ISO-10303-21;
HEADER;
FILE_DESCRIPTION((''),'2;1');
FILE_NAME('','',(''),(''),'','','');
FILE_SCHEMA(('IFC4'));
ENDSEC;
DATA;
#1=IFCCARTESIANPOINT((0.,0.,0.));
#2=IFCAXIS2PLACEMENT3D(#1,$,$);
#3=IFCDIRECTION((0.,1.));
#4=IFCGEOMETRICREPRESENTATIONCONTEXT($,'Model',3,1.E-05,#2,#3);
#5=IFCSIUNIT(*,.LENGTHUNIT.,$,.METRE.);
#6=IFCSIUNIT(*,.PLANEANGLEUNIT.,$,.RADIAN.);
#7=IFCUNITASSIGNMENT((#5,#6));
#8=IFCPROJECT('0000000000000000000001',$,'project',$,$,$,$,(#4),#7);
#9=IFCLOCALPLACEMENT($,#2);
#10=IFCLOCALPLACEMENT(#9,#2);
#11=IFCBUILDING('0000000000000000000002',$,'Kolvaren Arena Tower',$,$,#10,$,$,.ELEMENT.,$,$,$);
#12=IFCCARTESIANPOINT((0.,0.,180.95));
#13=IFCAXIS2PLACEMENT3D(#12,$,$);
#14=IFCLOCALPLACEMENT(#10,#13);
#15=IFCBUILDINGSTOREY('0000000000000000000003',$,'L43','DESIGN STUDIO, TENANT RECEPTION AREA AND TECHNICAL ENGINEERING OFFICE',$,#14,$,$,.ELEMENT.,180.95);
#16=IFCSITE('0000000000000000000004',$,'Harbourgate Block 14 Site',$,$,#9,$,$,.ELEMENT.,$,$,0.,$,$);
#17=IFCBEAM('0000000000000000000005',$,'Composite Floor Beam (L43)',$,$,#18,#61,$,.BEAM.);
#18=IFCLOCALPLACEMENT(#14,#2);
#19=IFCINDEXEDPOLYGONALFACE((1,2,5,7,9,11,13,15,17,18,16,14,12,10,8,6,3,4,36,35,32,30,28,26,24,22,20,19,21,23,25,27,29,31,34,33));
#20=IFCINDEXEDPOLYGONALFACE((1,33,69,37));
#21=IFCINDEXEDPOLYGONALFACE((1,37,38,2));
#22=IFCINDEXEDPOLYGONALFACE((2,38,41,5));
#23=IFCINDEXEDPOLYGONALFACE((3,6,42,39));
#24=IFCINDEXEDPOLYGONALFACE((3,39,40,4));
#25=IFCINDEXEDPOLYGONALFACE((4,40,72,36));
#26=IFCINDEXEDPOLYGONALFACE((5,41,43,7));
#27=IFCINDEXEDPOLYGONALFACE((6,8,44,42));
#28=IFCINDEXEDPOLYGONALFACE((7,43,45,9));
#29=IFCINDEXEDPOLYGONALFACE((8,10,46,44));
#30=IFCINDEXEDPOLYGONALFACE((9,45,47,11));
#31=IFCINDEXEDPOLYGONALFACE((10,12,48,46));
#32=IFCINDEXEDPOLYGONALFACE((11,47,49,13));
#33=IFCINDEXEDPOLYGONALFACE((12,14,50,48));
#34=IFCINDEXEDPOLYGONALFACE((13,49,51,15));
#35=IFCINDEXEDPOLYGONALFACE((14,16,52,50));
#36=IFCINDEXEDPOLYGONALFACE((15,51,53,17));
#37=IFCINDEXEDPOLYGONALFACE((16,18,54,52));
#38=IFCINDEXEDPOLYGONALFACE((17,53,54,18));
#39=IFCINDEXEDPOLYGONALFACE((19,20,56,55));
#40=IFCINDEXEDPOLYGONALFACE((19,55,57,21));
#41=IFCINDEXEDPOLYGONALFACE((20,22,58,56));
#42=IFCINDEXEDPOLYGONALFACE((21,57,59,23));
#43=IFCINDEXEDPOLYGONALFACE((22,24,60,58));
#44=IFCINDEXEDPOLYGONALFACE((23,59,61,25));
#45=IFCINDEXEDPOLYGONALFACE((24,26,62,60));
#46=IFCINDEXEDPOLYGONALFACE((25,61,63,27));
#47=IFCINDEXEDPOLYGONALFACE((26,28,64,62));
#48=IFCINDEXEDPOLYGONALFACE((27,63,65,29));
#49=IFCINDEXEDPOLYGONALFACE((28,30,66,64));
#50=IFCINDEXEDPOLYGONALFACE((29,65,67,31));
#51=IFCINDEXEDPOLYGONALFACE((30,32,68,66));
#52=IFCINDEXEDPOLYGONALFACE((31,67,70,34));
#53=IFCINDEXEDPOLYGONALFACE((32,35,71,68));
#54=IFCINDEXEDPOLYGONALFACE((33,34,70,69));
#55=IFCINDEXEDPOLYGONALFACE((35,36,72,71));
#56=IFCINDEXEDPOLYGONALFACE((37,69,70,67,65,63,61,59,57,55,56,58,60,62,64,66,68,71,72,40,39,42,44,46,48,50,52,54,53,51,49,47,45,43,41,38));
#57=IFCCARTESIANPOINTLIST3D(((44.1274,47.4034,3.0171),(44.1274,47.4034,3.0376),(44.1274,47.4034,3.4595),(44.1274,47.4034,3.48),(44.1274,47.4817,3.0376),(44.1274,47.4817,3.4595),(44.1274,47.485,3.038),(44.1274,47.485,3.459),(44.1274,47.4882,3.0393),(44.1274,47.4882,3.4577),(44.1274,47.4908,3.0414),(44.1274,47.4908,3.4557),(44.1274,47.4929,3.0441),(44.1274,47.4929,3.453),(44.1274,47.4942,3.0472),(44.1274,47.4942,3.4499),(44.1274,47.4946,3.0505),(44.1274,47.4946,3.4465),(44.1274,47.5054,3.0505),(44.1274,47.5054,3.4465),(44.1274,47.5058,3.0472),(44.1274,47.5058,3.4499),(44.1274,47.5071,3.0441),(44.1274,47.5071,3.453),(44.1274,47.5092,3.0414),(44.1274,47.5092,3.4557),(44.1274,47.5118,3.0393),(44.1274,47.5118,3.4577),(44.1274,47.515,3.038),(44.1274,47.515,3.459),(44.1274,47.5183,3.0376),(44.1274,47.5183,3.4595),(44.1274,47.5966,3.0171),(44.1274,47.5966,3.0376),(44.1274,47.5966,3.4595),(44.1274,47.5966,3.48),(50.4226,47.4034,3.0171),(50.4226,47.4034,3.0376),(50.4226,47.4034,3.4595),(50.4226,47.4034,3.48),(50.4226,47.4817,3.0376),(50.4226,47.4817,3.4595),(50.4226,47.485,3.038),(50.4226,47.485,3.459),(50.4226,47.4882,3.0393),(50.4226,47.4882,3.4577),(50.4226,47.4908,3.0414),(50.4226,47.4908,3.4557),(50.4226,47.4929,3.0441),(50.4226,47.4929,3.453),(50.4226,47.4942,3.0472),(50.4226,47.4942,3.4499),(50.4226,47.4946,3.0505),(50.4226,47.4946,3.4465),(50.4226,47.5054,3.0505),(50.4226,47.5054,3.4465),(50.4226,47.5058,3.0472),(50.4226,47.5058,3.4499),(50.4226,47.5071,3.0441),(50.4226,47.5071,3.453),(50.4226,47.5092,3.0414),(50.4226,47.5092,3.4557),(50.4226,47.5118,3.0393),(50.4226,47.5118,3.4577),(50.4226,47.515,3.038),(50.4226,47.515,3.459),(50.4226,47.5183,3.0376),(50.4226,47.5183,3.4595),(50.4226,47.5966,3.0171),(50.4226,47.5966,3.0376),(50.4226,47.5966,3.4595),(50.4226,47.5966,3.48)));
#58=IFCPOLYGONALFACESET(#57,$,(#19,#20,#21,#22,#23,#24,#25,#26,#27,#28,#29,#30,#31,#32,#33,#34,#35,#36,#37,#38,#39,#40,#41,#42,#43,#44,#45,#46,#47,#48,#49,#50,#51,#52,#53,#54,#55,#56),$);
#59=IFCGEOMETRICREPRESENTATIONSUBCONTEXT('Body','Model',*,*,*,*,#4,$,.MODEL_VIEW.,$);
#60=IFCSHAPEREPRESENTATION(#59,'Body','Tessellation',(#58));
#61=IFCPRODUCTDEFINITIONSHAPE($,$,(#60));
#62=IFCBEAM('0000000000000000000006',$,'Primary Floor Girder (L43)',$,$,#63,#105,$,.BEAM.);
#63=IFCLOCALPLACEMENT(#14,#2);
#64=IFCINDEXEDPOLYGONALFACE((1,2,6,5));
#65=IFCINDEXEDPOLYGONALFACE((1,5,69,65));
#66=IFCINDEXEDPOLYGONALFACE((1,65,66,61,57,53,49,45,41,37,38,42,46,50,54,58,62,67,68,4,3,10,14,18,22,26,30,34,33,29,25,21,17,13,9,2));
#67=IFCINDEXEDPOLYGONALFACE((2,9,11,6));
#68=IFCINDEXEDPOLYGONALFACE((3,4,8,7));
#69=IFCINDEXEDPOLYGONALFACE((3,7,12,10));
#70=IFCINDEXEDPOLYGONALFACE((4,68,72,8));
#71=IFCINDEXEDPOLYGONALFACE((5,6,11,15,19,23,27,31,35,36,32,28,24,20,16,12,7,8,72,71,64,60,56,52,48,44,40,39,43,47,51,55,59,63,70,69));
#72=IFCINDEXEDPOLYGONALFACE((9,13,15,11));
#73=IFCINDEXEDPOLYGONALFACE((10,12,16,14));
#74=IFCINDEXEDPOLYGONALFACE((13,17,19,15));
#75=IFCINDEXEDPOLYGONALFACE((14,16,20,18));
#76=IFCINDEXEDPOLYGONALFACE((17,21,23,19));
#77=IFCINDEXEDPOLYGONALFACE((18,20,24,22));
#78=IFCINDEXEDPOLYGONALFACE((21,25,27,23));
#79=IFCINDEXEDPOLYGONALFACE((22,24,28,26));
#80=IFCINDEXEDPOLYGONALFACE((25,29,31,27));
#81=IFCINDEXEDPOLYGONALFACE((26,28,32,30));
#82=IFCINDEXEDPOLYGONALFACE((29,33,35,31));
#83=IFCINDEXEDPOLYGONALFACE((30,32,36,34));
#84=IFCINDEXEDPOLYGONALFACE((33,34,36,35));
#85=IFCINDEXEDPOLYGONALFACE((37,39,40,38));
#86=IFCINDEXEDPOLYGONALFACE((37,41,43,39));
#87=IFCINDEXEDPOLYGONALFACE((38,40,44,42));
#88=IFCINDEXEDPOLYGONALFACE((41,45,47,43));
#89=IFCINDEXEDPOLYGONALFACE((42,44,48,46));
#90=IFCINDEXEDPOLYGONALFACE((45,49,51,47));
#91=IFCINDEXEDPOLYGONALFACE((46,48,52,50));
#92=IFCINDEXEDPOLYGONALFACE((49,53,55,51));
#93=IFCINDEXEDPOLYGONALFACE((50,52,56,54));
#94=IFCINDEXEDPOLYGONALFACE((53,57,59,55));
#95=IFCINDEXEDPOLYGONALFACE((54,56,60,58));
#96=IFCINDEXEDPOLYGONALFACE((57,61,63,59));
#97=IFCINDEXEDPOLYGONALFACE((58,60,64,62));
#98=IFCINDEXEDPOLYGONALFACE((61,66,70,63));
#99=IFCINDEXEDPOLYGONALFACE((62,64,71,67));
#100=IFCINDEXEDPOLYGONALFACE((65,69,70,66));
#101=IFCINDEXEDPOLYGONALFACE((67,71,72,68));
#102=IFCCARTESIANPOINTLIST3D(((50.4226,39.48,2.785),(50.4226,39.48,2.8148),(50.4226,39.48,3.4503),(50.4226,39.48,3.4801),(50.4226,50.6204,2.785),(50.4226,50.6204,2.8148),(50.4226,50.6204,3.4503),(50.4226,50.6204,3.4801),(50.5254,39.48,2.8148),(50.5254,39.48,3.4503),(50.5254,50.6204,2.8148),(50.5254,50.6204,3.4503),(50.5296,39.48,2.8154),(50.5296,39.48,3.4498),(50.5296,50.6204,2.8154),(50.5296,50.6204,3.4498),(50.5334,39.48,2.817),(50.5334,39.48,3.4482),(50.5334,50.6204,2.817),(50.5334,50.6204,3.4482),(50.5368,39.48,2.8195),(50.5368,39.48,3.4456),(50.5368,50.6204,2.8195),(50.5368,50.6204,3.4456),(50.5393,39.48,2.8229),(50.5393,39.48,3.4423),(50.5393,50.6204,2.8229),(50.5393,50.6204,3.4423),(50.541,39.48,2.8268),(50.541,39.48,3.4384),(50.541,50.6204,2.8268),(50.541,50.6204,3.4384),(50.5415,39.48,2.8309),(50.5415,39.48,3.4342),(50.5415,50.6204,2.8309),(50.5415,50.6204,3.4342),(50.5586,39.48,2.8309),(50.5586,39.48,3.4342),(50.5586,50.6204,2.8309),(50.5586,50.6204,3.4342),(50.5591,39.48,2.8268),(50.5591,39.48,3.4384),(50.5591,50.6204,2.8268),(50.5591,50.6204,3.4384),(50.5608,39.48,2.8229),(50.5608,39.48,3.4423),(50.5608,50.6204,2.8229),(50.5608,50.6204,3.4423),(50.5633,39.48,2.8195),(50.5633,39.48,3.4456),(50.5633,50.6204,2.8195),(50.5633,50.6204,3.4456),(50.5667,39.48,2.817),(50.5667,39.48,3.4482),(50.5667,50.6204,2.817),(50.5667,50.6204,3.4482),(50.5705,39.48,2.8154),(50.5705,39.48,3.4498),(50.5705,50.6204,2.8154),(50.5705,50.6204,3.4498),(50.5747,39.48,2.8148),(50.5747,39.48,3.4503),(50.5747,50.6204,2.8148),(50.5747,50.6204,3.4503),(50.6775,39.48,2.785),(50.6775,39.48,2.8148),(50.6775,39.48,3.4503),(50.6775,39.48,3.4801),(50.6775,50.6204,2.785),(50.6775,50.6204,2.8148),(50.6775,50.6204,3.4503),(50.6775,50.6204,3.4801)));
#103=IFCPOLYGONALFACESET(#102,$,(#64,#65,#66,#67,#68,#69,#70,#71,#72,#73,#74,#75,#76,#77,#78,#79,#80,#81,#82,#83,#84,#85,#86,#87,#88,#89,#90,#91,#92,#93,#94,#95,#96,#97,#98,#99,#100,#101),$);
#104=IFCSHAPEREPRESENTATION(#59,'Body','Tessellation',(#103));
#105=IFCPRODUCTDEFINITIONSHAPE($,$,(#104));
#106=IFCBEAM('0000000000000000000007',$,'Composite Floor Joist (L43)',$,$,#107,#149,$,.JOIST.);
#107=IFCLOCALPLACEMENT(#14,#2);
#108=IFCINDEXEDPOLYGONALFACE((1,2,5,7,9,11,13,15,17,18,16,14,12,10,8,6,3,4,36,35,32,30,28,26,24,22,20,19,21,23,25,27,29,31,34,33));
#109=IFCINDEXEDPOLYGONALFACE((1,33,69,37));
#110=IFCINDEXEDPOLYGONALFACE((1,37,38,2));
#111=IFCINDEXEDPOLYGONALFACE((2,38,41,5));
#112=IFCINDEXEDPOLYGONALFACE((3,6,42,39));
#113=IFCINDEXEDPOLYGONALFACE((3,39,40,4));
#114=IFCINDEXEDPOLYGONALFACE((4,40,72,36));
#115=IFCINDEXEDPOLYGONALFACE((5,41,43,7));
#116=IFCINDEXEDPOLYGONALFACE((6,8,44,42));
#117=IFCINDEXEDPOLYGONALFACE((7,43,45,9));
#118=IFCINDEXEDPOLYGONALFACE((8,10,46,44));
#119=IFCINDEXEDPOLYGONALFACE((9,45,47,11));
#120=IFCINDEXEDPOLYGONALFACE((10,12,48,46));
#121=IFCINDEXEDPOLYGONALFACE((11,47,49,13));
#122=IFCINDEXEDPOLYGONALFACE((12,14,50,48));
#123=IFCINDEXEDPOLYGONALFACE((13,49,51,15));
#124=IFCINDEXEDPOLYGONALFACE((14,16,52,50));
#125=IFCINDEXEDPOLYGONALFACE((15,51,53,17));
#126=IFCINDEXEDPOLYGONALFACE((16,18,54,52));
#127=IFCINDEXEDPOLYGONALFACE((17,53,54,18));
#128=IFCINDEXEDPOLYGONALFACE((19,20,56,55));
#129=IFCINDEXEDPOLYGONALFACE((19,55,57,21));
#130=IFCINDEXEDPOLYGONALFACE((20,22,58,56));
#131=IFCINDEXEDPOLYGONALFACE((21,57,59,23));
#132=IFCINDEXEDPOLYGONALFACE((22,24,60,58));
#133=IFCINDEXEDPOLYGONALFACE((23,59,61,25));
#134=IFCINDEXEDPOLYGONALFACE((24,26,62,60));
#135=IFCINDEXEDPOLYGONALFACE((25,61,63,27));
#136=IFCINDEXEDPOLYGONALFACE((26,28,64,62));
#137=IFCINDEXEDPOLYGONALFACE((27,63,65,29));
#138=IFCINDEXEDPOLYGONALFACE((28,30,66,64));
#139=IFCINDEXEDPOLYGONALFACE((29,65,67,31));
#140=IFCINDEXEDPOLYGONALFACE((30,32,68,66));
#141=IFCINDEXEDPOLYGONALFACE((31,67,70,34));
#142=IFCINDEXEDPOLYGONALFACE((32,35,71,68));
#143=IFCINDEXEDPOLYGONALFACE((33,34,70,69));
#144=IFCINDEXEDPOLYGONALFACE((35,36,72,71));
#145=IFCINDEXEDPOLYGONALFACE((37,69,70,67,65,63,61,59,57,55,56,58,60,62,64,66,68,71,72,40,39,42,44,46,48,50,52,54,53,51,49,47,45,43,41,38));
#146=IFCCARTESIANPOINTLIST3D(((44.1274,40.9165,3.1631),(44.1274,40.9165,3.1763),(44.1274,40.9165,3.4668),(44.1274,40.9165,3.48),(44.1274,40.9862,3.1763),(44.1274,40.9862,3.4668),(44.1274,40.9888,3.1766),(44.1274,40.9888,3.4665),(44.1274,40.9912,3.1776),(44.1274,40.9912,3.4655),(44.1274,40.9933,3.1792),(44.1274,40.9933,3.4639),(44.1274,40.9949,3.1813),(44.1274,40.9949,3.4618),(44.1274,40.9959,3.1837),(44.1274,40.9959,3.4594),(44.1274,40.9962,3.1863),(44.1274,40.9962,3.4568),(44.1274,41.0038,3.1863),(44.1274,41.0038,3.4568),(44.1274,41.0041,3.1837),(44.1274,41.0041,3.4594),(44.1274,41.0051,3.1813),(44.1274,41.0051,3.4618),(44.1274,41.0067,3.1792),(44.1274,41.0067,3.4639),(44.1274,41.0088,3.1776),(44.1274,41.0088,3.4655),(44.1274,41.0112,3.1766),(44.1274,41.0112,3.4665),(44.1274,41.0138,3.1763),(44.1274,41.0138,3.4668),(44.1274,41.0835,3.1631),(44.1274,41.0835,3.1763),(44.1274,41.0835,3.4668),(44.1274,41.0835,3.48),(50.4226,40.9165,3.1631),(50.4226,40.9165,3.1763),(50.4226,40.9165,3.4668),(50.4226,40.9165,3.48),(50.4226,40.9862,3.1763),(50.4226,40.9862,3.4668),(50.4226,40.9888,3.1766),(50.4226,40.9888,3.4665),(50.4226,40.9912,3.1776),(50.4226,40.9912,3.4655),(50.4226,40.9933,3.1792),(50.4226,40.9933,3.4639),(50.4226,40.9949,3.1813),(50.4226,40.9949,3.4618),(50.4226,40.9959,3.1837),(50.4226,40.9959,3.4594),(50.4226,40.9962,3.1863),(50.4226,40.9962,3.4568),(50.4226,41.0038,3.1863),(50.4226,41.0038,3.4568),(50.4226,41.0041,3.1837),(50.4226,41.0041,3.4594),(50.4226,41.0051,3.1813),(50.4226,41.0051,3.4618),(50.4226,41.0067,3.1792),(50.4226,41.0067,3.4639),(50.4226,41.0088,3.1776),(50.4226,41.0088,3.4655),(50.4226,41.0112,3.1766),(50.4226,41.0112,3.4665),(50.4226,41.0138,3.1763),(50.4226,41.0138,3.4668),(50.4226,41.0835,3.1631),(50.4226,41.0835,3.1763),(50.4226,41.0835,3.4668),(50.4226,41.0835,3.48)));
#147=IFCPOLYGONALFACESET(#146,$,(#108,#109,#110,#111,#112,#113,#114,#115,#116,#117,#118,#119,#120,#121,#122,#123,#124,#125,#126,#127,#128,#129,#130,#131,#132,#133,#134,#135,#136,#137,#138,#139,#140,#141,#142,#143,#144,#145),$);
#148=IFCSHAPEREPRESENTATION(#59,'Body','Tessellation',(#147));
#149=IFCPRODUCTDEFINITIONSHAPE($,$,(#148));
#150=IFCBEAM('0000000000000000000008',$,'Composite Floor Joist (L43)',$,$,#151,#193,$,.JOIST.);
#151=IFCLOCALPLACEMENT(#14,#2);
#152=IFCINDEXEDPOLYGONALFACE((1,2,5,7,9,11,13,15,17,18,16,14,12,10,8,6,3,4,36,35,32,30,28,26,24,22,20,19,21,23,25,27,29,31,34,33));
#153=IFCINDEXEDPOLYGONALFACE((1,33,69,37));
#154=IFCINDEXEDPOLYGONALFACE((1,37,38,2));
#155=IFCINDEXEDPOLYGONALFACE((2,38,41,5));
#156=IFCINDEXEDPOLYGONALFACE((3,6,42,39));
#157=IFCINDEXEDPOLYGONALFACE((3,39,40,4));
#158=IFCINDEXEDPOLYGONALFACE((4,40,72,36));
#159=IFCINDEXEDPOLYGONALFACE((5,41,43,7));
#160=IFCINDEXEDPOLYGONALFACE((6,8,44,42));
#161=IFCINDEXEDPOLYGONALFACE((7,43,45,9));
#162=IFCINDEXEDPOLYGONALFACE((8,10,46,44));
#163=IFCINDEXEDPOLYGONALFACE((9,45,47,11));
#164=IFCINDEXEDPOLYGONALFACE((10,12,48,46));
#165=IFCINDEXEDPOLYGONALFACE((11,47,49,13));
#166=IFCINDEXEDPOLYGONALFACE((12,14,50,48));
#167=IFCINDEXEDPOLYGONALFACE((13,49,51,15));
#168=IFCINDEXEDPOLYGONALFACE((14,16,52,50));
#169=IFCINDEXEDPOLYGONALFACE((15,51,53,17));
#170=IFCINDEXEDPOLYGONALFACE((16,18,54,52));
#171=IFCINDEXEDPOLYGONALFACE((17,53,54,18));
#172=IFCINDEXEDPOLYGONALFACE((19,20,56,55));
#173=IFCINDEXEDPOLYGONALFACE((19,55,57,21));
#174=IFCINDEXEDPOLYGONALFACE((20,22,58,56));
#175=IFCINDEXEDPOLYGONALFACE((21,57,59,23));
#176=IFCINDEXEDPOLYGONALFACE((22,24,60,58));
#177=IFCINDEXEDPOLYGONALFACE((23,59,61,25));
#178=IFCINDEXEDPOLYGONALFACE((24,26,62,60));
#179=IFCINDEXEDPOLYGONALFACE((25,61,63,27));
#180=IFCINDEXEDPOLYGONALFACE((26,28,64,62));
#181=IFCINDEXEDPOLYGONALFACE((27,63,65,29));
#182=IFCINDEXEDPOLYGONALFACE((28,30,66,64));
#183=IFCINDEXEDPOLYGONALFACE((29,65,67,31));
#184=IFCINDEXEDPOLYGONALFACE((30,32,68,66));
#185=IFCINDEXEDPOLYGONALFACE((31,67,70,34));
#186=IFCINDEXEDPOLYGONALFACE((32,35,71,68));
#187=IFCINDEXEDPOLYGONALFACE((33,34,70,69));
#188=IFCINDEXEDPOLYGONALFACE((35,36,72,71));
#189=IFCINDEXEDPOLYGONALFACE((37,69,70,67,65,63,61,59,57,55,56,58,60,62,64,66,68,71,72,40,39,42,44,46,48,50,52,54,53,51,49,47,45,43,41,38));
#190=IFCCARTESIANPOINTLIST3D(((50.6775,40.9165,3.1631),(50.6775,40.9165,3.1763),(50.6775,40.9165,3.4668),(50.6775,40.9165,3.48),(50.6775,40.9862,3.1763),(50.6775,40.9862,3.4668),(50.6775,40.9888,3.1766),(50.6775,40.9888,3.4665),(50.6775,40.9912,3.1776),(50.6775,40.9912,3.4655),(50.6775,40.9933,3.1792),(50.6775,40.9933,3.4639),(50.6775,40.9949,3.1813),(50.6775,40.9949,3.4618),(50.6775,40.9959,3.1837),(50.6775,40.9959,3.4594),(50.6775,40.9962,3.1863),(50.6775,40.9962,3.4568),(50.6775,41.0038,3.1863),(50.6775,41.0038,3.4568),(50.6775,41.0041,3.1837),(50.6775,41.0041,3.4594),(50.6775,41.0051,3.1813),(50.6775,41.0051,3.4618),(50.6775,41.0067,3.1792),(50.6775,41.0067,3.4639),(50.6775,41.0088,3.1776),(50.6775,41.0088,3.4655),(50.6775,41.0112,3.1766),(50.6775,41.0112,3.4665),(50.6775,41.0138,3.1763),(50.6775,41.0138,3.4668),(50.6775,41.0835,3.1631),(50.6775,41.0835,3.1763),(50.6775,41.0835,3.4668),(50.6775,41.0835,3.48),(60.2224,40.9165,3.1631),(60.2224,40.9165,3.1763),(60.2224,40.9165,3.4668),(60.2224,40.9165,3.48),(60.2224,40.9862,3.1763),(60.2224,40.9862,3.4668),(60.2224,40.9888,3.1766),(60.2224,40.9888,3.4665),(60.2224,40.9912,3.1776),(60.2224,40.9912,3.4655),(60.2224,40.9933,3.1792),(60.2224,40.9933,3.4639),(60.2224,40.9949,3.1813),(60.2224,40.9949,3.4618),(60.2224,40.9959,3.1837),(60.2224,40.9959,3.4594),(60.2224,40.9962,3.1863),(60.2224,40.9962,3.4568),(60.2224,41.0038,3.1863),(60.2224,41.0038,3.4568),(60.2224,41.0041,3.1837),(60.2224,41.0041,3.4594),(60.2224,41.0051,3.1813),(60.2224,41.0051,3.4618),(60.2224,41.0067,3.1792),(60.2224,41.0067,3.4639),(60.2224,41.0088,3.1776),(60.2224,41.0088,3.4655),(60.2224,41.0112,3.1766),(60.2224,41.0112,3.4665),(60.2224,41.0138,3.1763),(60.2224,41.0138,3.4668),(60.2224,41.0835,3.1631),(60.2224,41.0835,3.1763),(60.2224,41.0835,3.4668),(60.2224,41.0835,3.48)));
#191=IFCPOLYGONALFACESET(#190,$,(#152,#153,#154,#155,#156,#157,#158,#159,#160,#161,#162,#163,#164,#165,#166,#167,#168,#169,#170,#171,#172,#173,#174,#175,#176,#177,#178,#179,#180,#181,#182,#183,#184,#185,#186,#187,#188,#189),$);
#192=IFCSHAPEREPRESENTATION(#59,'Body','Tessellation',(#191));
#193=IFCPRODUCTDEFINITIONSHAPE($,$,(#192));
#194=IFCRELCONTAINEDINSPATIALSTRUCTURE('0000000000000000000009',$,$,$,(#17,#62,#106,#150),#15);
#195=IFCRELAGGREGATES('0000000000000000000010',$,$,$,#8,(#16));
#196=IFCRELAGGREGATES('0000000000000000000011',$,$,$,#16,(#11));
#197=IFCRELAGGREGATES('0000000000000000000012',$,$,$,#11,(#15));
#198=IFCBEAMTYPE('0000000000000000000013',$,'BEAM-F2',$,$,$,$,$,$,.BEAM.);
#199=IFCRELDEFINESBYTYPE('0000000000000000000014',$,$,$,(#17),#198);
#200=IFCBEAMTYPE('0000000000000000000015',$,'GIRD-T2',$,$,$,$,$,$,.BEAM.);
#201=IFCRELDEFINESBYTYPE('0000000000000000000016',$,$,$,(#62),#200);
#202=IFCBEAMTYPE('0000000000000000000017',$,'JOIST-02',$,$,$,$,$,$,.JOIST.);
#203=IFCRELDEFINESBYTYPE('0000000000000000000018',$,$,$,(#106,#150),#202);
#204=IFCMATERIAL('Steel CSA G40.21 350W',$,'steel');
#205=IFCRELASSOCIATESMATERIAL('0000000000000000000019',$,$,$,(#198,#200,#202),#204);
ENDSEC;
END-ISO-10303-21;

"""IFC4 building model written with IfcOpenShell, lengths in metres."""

from ifc_helpers import new_model, si_unit, direction, frame, origin, origin_2d, place, context, subcontext, project, spatial, i_section, extrude, material, material_profile, profile_set, type_object, element, save


model = new_model("IFC4")

# Units and contexts
model_context = context("Model", 3, precision=1e-05, world=origin(), true_north=direction((0.0, 1.0)))
body_context = subcontext(model_context, "Body", "Model", "MODEL_VIEW")
ifc_project = project(units=[si_unit("LENGTHUNIT", "METRE"), si_unit("PLANEANGLEUNIT", "RADIAN")], contexts=[model_context])

# Site, building, storey
site_placement = place(None, origin())
site = spatial("IfcSite", under=ifc_project, at=site_placement, Name="Harbourgate Block 14 Site", CompositionType="ELEMENT", RefElevation=0.0)
building_placement = place(site_placement, origin())
building = spatial("IfcBuilding", under=site, at=building_placement, Name="Kolvaren Arena Tower", CompositionType="ELEMENT")
storey_placement = place(building_placement, frame((0.0, 0.0, 180.95)))
storey = spatial("IfcBuildingStorey", under=building, at=storey_placement, Name="L43", Description="DESIGN STUDIO, TENANT RECEPTION AREA AND TECHNICAL ENGINEERING OFFICE", CompositionType="ELEMENT", Elevation=180.95)

# Beams
ifc_material_1 = material(Name="Steel CSA G40.21 350W", Category="steel")
ifc_material_profile_1 = material_profile(ifc_material_1, i_section(OverallWidth=0.1931, OverallDepth=0.4629, WebThickness=0.0107, FlangeThickness=0.0205, FilletRadius=0.0129, at=origin_2d()), Name="W460x113")
ifc_profile_set_1 = profile_set([ifc_material_profile_1], Name="Steel CSA G40.21 350W")
beam_type_1 = type_object("IfcBeamType", Name="BEAM-F2", PredefinedType="BEAM", material=ifc_profile_set_1)
beam_1_placement = place(storey_placement, frame((44.1274, 47.5, 3.2485), z_axis=(1.0, 0.0, 0.0), x_axis=(0.0, 1.0, 0.0)))
element("IfcBeam", 1, at=beam_1_placement, inside=storey, type_object=beam_type_1, Name="Composite Floor Beam (L43)", PredefinedType="BEAM", context=body_context, shape_type="SweptSolid", body=[
    extrude(i_section(OverallWidth=0.1931, OverallDepth=0.4629, WebThickness=0.0107, FlangeThickness=0.0205, FilletRadius=0.0129, at=origin_2d()), origin(), (0.0, 0.0, 1.0), 6.2952),
])
ifc_material_profile_2 = material_profile(ifc_material_1, i_section(OverallWidth=0.2549, OverallDepth=0.6951, WebThickness=0.0171, FlangeThickness=0.0298, FilletRadius=0.0161, at=origin_2d()), Name="W690x217")
ifc_profile_set_2 = profile_set([ifc_material_profile_2], Name="Steel CSA G40.21 350W")
beam_type_2 = type_object("IfcBeamType", Name="GIRD-T2", PredefinedType="BEAM", material=ifc_profile_set_2)
beam_2_placement = place(storey_placement, frame((50.55, 39.48, 3.1326), z_axis=(0.0, 1.0, 0.0), x_axis=(-1.0, 0.0, 0.0)))
element("IfcBeam", 2, at=beam_2_placement, inside=storey, type_object=beam_type_2, Name="Primary Floor Girder (L43)", PredefinedType="BEAM", context=body_context, shape_type="SweptSolid", body=[
    extrude(i_section(OverallWidth=0.2549, OverallDepth=0.6951, WebThickness=0.0171, FlangeThickness=0.0298, FilletRadius=0.0161, at=origin_2d()), origin(), (0.0, 0.0, 1.0), 11.1404),
])
ifc_material_profile_3 = material_profile(ifc_material_1, i_section(OverallWidth=0.167, OverallDepth=0.3169, WebThickness=0.0076, FlangeThickness=0.0132, FilletRadius=0.01, at=origin_2d()), Name="W310x52")
ifc_profile_set_3 = profile_set([ifc_material_profile_3], Name="Steel CSA G40.21 350W")
beam_type_3 = type_object("IfcBeamType", Name="JOIST-02", PredefinedType="JOIST", material=ifc_profile_set_3)
beam_3_placement = place(storey_placement, frame((44.1274, 41.0, 3.3215), z_axis=(1.0, 0.0, 0.0), x_axis=(0.0, 1.0, 0.0)))
element("IfcBeam", 3, at=beam_3_placement, inside=storey, type_object=beam_type_3, Name="Composite Floor Joist (L43)", PredefinedType="JOIST", context=body_context, shape_type="SweptSolid", body=[
    extrude(i_section(OverallWidth=0.167, OverallDepth=0.3169, WebThickness=0.0076, FlangeThickness=0.0132, FilletRadius=0.01, at=origin_2d()), origin(), (0.0, 0.0, 1.0), 6.2952),
])
beam_4_placement = place(storey_placement, frame((50.6775, 41.0, 3.3215), z_axis=(1.0, 0.0, 0.0), x_axis=(0.0, 1.0, 0.0)))
element("IfcBeam", 4, at=beam_4_placement, inside=storey, type_object=beam_type_3, Name="Composite Floor Joist (L43)", PredefinedType="JOIST", context=body_context, shape_type="SweptSolid", body=[
    extrude(i_section(OverallWidth=0.167, OverallDepth=0.3169, WebThickness=0.0076, FlangeThickness=0.0132, FilletRadius=0.01, at=origin_2d()), origin(), (0.0, 0.0, 1.0), 9.5449),
])

save(model, "model.ifc")
